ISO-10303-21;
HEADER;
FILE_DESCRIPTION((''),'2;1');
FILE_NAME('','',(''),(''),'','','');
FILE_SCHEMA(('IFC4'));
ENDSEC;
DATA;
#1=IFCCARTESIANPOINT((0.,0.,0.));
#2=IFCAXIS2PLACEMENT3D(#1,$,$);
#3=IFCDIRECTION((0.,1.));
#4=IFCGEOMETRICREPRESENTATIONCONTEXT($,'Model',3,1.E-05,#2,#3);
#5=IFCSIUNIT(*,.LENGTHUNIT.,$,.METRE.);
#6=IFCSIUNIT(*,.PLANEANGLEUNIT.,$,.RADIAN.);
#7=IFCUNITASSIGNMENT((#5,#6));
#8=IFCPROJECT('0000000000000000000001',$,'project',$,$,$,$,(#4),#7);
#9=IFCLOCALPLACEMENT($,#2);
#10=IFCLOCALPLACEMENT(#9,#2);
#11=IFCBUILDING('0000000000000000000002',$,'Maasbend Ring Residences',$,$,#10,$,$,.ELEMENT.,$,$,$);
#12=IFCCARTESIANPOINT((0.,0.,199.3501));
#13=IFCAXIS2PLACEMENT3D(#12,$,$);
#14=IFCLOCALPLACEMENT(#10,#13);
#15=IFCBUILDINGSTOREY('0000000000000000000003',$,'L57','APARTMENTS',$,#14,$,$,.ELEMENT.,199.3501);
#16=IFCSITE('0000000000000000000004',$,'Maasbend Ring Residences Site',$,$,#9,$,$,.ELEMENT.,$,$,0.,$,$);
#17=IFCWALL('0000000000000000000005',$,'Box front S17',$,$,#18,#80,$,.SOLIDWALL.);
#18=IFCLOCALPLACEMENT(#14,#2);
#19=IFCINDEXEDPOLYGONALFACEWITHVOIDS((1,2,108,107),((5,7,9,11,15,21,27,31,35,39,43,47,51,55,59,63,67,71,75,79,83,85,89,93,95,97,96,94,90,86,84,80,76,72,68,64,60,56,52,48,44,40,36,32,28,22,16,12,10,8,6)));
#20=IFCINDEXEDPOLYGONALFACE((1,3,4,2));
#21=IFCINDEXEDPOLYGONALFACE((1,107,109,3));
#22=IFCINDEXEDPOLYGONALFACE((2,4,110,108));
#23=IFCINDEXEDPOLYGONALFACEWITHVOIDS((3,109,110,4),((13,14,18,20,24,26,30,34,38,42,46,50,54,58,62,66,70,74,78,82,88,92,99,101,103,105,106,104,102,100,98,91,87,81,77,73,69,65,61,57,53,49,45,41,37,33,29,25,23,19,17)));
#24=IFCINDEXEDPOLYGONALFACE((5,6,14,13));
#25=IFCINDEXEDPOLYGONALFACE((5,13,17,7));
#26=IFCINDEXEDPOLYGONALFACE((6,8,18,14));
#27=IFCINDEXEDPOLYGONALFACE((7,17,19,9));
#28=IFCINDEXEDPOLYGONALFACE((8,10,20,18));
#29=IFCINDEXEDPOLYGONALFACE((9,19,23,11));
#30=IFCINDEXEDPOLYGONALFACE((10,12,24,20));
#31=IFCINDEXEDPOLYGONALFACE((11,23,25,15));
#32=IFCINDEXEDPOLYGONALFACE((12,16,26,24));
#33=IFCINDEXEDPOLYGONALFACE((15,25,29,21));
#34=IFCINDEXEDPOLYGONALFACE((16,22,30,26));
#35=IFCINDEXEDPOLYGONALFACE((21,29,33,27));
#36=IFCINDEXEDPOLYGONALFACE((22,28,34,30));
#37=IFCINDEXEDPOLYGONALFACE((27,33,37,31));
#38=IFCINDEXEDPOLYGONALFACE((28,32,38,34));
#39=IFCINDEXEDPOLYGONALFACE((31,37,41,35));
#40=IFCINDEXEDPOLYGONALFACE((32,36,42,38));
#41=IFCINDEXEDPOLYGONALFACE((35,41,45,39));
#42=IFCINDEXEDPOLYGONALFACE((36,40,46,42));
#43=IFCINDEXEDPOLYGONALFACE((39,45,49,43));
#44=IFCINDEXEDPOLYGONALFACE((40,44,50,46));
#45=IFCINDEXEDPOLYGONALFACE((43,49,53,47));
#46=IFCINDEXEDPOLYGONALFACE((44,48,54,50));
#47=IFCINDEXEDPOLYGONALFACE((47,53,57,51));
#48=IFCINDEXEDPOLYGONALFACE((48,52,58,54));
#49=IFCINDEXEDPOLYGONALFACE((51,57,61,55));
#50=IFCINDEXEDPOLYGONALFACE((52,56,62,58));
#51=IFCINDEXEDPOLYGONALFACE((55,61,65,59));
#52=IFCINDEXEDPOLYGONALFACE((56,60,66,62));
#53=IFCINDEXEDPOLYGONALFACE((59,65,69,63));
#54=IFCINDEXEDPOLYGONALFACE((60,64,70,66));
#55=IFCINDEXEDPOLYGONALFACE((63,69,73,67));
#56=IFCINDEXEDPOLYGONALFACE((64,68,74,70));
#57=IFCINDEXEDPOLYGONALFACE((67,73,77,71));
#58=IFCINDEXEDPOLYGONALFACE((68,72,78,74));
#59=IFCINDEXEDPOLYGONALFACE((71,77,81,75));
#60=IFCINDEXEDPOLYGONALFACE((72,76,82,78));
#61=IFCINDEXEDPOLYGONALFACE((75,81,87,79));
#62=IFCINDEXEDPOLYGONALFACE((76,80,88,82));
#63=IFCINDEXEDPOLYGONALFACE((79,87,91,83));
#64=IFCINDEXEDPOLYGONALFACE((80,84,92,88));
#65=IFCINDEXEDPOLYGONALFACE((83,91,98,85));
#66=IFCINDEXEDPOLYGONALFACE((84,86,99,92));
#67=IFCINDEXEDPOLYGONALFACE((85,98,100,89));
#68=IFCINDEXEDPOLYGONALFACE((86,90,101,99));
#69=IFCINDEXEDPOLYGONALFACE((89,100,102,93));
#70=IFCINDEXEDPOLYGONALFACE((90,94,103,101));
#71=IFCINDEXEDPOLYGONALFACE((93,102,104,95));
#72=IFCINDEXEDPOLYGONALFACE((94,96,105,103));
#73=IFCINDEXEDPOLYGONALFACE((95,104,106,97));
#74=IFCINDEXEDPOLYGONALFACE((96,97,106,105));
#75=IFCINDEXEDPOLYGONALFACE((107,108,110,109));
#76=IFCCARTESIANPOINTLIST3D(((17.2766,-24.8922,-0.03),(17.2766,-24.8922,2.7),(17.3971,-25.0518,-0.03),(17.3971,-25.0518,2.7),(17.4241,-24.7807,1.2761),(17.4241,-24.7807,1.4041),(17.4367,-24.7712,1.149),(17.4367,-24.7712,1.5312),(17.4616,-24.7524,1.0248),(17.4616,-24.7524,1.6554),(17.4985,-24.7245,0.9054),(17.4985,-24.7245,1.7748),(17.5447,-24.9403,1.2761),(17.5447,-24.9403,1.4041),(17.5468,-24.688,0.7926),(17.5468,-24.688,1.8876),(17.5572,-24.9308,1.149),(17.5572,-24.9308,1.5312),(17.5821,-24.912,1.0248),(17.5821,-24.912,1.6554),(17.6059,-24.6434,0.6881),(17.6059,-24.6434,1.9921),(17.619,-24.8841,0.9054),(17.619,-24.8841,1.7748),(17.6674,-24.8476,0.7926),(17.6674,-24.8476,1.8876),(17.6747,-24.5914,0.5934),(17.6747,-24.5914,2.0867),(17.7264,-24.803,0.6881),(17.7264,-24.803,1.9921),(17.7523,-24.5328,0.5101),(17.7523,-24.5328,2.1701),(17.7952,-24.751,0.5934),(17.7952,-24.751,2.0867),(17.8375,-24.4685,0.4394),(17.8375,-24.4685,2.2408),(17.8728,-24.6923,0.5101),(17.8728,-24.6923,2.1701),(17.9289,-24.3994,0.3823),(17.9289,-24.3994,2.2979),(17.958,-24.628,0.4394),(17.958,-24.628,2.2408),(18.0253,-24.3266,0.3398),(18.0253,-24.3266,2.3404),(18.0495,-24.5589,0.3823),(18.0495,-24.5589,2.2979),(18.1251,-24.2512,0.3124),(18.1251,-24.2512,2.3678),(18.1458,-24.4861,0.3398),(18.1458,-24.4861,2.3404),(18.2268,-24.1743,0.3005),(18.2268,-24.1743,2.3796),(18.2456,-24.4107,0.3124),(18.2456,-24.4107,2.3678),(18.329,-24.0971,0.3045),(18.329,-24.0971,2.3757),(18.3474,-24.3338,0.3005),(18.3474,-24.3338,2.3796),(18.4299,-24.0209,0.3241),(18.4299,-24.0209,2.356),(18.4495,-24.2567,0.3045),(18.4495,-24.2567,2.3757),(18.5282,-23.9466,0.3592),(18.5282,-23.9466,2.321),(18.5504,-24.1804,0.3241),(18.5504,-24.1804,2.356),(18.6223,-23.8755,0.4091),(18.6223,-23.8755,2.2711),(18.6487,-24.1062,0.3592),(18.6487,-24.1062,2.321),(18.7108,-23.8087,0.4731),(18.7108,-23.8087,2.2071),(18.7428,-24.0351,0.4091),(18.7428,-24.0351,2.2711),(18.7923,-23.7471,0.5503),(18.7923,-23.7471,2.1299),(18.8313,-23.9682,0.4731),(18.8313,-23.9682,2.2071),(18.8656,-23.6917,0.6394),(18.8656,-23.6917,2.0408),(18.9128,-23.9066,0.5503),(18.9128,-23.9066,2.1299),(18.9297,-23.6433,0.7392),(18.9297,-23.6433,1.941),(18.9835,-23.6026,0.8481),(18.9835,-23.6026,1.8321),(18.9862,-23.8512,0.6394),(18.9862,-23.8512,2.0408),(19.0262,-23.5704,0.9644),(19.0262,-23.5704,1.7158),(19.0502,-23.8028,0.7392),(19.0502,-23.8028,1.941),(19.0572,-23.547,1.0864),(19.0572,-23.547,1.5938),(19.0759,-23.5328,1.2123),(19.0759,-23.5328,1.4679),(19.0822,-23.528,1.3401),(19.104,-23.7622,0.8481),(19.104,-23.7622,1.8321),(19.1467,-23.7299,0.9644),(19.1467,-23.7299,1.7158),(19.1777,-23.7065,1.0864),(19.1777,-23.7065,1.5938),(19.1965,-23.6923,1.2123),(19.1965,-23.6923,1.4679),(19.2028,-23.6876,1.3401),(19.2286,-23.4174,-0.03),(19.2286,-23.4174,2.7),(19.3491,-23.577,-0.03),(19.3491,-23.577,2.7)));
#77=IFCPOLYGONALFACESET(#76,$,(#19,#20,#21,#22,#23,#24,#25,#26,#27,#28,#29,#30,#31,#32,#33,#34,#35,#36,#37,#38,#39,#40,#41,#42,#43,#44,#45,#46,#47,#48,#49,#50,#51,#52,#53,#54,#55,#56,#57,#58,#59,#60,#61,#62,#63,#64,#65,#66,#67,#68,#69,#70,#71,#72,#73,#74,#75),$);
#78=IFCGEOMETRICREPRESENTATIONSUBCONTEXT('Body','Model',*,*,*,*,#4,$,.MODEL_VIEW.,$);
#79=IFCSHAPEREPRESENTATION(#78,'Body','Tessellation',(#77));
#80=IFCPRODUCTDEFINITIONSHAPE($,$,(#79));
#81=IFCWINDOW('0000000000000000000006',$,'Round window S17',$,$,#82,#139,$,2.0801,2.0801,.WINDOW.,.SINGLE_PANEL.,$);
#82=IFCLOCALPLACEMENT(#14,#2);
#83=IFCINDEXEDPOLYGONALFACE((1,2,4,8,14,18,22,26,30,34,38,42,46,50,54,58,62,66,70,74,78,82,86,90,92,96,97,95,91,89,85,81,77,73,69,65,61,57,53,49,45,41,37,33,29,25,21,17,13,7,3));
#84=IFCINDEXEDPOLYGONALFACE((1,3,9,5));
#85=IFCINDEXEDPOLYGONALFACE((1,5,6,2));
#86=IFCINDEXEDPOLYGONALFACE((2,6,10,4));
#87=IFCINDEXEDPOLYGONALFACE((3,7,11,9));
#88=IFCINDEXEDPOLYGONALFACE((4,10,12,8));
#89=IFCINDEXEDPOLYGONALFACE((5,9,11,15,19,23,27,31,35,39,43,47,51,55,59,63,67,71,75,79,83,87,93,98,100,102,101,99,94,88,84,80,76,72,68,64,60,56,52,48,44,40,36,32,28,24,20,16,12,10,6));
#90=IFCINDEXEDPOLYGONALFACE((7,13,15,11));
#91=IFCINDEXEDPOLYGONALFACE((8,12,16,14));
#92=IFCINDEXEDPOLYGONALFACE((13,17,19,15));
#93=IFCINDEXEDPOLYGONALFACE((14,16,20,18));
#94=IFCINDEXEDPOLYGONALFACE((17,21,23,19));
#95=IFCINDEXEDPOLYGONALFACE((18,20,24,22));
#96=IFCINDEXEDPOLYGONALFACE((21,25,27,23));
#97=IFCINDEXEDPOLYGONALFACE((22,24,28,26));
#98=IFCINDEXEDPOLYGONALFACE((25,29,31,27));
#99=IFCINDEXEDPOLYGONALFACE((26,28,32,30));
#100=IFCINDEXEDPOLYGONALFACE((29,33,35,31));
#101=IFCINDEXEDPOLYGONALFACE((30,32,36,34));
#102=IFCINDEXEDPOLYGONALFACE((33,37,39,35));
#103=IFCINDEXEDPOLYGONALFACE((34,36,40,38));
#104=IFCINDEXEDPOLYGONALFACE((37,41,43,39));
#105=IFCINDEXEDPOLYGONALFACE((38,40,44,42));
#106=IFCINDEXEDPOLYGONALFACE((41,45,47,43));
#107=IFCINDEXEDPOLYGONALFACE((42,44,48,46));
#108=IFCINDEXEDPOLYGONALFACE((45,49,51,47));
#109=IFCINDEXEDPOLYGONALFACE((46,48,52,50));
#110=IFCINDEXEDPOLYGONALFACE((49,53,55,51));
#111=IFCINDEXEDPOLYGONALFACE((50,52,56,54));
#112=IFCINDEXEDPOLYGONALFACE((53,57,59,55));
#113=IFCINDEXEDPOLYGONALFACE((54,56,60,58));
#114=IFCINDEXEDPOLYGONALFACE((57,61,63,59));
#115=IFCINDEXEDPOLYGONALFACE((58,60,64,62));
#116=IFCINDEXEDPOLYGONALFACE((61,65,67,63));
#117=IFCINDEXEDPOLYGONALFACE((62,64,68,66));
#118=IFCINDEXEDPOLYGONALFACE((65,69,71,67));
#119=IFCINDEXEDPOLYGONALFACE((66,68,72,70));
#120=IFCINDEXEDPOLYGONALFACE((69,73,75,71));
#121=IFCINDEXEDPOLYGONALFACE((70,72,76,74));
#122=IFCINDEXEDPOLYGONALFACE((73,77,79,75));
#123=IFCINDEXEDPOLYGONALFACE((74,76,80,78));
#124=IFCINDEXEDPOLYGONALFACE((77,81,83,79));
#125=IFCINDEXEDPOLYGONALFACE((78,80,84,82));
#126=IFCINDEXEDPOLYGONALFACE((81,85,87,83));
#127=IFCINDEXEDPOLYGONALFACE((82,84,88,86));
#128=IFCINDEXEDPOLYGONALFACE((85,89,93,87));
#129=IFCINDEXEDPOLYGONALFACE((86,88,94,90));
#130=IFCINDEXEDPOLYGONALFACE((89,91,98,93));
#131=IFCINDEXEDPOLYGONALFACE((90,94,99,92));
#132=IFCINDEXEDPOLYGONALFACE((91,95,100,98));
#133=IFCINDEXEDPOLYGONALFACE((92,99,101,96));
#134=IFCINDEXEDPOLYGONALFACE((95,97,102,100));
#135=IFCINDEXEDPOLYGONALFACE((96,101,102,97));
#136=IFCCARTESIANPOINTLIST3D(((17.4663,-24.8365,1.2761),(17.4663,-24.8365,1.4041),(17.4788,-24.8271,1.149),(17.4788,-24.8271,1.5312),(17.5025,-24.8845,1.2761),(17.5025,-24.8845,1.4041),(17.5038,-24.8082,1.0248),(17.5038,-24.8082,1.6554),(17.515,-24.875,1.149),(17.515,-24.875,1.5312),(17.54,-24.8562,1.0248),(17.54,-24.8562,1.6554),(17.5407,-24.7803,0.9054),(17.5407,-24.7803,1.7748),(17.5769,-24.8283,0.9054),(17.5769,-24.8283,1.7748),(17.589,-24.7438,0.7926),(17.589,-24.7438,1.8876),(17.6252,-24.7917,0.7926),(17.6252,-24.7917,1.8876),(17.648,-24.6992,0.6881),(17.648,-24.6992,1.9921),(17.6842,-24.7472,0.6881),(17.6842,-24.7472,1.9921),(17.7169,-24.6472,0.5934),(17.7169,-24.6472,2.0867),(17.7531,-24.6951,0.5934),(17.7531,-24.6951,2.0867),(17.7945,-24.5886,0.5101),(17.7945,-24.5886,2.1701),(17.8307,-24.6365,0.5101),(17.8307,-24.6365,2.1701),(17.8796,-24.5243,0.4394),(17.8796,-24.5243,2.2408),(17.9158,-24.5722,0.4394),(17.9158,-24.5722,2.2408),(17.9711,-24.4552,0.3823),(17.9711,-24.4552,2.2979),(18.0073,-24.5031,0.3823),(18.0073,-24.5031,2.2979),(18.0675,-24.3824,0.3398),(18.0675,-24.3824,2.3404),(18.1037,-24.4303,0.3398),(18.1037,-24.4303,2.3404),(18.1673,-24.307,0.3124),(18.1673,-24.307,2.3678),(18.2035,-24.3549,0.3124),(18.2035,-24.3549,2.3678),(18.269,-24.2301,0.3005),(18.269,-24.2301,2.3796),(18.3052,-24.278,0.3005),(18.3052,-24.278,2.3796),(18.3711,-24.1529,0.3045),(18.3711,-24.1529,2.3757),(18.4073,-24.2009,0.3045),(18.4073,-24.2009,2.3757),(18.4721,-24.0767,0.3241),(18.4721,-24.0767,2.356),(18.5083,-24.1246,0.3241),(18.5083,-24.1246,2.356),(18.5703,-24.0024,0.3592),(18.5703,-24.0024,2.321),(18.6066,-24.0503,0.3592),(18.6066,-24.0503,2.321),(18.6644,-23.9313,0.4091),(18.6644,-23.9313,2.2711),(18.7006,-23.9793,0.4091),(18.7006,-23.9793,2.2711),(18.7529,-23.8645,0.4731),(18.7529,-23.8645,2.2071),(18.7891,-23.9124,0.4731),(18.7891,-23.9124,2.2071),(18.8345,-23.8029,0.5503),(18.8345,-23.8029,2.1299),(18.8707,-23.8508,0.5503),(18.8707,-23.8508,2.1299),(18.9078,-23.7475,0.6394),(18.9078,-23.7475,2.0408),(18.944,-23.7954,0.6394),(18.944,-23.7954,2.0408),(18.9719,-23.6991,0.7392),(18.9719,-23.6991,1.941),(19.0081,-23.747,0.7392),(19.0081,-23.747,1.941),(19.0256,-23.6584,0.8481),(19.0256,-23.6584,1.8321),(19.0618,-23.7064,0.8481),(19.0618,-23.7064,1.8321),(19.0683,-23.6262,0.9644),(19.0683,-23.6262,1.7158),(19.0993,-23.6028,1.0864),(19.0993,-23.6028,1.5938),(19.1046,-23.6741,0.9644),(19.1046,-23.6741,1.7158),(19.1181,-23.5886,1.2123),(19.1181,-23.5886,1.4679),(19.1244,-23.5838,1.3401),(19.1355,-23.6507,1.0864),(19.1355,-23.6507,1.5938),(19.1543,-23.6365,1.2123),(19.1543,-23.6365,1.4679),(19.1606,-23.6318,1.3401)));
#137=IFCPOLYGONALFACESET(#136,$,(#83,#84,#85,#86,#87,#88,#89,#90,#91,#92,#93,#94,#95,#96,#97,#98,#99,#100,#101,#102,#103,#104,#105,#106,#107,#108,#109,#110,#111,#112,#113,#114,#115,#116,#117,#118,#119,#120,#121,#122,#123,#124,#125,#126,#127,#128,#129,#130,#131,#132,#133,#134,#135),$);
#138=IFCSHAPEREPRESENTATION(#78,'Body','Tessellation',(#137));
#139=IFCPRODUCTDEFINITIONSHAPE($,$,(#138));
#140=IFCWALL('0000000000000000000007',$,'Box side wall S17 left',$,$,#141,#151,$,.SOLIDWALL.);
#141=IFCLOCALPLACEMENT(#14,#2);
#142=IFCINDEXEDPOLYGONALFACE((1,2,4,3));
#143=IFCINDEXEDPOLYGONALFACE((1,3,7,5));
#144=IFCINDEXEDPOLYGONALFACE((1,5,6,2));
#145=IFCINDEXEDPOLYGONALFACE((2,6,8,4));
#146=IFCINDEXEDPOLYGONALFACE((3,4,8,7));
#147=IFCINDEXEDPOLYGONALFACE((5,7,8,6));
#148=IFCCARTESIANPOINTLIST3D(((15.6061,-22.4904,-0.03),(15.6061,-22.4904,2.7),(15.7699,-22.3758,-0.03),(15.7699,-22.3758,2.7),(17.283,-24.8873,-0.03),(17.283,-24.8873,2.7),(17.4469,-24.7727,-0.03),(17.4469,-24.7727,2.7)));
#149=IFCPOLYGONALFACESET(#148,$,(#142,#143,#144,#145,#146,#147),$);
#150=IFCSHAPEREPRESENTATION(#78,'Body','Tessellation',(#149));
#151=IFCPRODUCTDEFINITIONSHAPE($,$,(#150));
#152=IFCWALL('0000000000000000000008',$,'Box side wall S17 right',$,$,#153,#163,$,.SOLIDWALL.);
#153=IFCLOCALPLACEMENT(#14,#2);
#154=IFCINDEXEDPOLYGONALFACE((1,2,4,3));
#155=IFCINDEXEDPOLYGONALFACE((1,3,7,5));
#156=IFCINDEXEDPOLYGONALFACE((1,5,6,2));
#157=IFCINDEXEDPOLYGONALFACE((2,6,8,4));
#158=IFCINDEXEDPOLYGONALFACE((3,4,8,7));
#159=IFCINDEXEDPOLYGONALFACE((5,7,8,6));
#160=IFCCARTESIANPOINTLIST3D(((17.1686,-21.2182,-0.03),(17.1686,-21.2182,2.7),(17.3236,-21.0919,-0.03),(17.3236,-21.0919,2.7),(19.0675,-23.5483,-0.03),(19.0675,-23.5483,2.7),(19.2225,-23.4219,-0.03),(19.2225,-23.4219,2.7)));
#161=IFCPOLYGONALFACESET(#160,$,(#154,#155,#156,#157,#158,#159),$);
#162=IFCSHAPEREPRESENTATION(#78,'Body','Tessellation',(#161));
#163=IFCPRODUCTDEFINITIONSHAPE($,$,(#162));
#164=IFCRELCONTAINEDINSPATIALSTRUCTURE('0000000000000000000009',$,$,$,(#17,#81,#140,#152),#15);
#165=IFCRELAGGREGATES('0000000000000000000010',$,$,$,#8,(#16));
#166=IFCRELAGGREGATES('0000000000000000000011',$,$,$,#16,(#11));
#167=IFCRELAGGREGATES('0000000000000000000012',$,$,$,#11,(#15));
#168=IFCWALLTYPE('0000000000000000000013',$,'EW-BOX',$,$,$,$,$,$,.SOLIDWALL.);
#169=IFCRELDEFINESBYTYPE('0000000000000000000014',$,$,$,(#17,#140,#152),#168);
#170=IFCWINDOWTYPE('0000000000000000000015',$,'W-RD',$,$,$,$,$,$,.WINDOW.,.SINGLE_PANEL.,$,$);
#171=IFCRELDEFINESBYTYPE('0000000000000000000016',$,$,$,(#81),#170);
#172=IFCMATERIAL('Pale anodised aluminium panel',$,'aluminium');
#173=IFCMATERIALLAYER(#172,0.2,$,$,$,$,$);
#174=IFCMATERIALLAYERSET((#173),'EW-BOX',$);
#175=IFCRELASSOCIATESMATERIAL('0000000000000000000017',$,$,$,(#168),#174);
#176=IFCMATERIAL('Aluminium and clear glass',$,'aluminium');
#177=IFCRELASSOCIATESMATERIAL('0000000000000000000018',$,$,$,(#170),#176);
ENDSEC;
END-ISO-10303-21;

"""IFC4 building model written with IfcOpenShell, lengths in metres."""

from ifc_helpers import new_model, si_unit, direction, frame, frame_2d, origin, place, context, subcontext, project, spatial, rectangle, circle, extrude, material, layer, layer_set, type_object, element, fill, save


model = new_model("IFC4")

# Units and contexts
model_context = context("Model", 3, precision=1e-05, world=origin(), true_north=direction((0.0, 1.0)))
body_context = subcontext(model_context, "Body", "Model", "MODEL_VIEW")
ifc_project = project(units=[si_unit("LENGTHUNIT", "METRE"), si_unit("PLANEANGLEUNIT", "RADIAN")], contexts=[model_context])

# Site, building, storey
site_placement = place(None, origin())
site = spatial("IfcSite", under=ifc_project, at=site_placement, Name="Maasbend Ring Residences Site", CompositionType="ELEMENT", RefElevation=0.0)
building_placement = place(site_placement, origin())
building = spatial("IfcBuilding", under=site, at=building_placement, Name="Maasbend Ring Residences", CompositionType="ELEMENT")
storey_placement = place(building_placement, frame((0.0, 0.0, 199.3501)))
storey = spatial("IfcBuildingStorey", under=building, at=storey_placement, Name="L57", Description="APARTMENTS", CompositionType="ELEMENT", Elevation=199.3501)

# Shared definitions
ifc_material_1 = material(Name="Pale anodised aluminium panel", Category="aluminium")
ifc_layer_1 = layer(ifc_material_1, 0.2)
ifc_layer_set_1 = layer_set([ifc_layer_1], Name="EW-BOX")
wall_type_1 = type_object("IfcWallType", Name="EW-BOX", PredefinedType="SOLIDWALL", material=ifc_layer_set_1)
ifc_material_2 = material(Name="Aluminium and clear glass", Category="aluminium")
window_type_1 = type_object("IfcWindowType", Name="W-RD", PartitioningType="SINGLE_PANEL", PredefinedType="WINDOW", material=ifc_material_2)

# Wall, opening, window
wall_1_placement = place(storey_placement, frame((17.3369, -24.9719, -0.03), z_axis=(0.0, 0.0, 1.0), x_axis=(0.797888, 0.602806, 0.0)))
wall_1 = element("IfcWall", 1, at=wall_1_placement, inside=storey, type_object=wall_type_1, Name="Box front S17", PredefinedType="SOLIDWALL", context=body_context, shape_type="SweptSolid", body=[
    extrude(rectangle(XDim=2.4465, YDim=0.2, at=frame_2d((1.2231, 0.0))), origin(), (0.0, 0.0, 1.0), 2.73),
])
opening_1_placement = place(wall_1_placement, frame((0.1829, 0.0, 0.3301)))
opening_1 = element("IfcOpeningElement", 2, at=opening_1_placement, cuts=wall_1, PredefinedType="OPENING", context=body_context, shape_type="SweptSolid", body=[
    extrude(circle(Radius=1.04, at=frame_2d((1.04, 1.04))), frame((0.0, 0.1099, 0.0), z_axis=(0.0, -1.0, 0.0), x_axis=(1.0, 0.0, 0.0)), (0.0, 0.0, 1.0), 0.22),
])
window_1_placement = place(opening_1_placement, origin())
window_1 = element("IfcWindow", 3, at=window_1_placement, inside=storey, type_object=window_type_1, Name="Round window S17", OverallHeight=2.0801, OverallWidth=2.0801, PartitioningType="SINGLE_PANEL", PredefinedType="WINDOW", context=body_context, shape_type="SweptSolid", body=[
    extrude(circle(Radius=1.04, at=frame_2d((1.04, 1.04))), frame((0.0, 0.03, 0.0), z_axis=(0.0, -1.0, 0.0), x_axis=(1.0, 0.0, 0.0)), (0.0, 0.0, 1.0), 0.0601),
])
fill(opening_1, window_1)

# Walls
wall_2_placement = place(storey_placement, frame((15.688, -22.4331, -0.03), z_axis=(0.0, 0.0, 1.0), x_axis=(0.573261, -0.819373, 0.0)))
element("IfcWall", 4, at=wall_2_placement, inside=storey, type_object=wall_type_1, Name="Box side wall S17 left", PredefinedType="SOLIDWALL", context=body_context, shape_type="SweptSolid", body=[
    extrude(rectangle(XDim=2.9253, YDim=0.2, at=frame_2d((1.4626, 0.0))), origin(), (0.0, 0.0, 1.0), 2.73),
])
wall_3_placement = place(storey_placement, frame((17.2461, -21.155, -0.03), z_axis=(0.0, 0.0, 1.0), x_axis=(0.631742, -0.775179, 0.0)))
element("IfcWall", 5, at=wall_3_placement, inside=storey, type_object=wall_type_1, Name="Box side wall S17 right", PredefinedType="SOLIDWALL", context=body_context, shape_type="SweptSolid", body=[
    extrude(rectangle(XDim=3.0059, YDim=0.2, at=frame_2d((1.5029, 0.0))), origin(), (0.0, 0.0, 1.0), 2.73),
])

save(model, "model.ifc")
